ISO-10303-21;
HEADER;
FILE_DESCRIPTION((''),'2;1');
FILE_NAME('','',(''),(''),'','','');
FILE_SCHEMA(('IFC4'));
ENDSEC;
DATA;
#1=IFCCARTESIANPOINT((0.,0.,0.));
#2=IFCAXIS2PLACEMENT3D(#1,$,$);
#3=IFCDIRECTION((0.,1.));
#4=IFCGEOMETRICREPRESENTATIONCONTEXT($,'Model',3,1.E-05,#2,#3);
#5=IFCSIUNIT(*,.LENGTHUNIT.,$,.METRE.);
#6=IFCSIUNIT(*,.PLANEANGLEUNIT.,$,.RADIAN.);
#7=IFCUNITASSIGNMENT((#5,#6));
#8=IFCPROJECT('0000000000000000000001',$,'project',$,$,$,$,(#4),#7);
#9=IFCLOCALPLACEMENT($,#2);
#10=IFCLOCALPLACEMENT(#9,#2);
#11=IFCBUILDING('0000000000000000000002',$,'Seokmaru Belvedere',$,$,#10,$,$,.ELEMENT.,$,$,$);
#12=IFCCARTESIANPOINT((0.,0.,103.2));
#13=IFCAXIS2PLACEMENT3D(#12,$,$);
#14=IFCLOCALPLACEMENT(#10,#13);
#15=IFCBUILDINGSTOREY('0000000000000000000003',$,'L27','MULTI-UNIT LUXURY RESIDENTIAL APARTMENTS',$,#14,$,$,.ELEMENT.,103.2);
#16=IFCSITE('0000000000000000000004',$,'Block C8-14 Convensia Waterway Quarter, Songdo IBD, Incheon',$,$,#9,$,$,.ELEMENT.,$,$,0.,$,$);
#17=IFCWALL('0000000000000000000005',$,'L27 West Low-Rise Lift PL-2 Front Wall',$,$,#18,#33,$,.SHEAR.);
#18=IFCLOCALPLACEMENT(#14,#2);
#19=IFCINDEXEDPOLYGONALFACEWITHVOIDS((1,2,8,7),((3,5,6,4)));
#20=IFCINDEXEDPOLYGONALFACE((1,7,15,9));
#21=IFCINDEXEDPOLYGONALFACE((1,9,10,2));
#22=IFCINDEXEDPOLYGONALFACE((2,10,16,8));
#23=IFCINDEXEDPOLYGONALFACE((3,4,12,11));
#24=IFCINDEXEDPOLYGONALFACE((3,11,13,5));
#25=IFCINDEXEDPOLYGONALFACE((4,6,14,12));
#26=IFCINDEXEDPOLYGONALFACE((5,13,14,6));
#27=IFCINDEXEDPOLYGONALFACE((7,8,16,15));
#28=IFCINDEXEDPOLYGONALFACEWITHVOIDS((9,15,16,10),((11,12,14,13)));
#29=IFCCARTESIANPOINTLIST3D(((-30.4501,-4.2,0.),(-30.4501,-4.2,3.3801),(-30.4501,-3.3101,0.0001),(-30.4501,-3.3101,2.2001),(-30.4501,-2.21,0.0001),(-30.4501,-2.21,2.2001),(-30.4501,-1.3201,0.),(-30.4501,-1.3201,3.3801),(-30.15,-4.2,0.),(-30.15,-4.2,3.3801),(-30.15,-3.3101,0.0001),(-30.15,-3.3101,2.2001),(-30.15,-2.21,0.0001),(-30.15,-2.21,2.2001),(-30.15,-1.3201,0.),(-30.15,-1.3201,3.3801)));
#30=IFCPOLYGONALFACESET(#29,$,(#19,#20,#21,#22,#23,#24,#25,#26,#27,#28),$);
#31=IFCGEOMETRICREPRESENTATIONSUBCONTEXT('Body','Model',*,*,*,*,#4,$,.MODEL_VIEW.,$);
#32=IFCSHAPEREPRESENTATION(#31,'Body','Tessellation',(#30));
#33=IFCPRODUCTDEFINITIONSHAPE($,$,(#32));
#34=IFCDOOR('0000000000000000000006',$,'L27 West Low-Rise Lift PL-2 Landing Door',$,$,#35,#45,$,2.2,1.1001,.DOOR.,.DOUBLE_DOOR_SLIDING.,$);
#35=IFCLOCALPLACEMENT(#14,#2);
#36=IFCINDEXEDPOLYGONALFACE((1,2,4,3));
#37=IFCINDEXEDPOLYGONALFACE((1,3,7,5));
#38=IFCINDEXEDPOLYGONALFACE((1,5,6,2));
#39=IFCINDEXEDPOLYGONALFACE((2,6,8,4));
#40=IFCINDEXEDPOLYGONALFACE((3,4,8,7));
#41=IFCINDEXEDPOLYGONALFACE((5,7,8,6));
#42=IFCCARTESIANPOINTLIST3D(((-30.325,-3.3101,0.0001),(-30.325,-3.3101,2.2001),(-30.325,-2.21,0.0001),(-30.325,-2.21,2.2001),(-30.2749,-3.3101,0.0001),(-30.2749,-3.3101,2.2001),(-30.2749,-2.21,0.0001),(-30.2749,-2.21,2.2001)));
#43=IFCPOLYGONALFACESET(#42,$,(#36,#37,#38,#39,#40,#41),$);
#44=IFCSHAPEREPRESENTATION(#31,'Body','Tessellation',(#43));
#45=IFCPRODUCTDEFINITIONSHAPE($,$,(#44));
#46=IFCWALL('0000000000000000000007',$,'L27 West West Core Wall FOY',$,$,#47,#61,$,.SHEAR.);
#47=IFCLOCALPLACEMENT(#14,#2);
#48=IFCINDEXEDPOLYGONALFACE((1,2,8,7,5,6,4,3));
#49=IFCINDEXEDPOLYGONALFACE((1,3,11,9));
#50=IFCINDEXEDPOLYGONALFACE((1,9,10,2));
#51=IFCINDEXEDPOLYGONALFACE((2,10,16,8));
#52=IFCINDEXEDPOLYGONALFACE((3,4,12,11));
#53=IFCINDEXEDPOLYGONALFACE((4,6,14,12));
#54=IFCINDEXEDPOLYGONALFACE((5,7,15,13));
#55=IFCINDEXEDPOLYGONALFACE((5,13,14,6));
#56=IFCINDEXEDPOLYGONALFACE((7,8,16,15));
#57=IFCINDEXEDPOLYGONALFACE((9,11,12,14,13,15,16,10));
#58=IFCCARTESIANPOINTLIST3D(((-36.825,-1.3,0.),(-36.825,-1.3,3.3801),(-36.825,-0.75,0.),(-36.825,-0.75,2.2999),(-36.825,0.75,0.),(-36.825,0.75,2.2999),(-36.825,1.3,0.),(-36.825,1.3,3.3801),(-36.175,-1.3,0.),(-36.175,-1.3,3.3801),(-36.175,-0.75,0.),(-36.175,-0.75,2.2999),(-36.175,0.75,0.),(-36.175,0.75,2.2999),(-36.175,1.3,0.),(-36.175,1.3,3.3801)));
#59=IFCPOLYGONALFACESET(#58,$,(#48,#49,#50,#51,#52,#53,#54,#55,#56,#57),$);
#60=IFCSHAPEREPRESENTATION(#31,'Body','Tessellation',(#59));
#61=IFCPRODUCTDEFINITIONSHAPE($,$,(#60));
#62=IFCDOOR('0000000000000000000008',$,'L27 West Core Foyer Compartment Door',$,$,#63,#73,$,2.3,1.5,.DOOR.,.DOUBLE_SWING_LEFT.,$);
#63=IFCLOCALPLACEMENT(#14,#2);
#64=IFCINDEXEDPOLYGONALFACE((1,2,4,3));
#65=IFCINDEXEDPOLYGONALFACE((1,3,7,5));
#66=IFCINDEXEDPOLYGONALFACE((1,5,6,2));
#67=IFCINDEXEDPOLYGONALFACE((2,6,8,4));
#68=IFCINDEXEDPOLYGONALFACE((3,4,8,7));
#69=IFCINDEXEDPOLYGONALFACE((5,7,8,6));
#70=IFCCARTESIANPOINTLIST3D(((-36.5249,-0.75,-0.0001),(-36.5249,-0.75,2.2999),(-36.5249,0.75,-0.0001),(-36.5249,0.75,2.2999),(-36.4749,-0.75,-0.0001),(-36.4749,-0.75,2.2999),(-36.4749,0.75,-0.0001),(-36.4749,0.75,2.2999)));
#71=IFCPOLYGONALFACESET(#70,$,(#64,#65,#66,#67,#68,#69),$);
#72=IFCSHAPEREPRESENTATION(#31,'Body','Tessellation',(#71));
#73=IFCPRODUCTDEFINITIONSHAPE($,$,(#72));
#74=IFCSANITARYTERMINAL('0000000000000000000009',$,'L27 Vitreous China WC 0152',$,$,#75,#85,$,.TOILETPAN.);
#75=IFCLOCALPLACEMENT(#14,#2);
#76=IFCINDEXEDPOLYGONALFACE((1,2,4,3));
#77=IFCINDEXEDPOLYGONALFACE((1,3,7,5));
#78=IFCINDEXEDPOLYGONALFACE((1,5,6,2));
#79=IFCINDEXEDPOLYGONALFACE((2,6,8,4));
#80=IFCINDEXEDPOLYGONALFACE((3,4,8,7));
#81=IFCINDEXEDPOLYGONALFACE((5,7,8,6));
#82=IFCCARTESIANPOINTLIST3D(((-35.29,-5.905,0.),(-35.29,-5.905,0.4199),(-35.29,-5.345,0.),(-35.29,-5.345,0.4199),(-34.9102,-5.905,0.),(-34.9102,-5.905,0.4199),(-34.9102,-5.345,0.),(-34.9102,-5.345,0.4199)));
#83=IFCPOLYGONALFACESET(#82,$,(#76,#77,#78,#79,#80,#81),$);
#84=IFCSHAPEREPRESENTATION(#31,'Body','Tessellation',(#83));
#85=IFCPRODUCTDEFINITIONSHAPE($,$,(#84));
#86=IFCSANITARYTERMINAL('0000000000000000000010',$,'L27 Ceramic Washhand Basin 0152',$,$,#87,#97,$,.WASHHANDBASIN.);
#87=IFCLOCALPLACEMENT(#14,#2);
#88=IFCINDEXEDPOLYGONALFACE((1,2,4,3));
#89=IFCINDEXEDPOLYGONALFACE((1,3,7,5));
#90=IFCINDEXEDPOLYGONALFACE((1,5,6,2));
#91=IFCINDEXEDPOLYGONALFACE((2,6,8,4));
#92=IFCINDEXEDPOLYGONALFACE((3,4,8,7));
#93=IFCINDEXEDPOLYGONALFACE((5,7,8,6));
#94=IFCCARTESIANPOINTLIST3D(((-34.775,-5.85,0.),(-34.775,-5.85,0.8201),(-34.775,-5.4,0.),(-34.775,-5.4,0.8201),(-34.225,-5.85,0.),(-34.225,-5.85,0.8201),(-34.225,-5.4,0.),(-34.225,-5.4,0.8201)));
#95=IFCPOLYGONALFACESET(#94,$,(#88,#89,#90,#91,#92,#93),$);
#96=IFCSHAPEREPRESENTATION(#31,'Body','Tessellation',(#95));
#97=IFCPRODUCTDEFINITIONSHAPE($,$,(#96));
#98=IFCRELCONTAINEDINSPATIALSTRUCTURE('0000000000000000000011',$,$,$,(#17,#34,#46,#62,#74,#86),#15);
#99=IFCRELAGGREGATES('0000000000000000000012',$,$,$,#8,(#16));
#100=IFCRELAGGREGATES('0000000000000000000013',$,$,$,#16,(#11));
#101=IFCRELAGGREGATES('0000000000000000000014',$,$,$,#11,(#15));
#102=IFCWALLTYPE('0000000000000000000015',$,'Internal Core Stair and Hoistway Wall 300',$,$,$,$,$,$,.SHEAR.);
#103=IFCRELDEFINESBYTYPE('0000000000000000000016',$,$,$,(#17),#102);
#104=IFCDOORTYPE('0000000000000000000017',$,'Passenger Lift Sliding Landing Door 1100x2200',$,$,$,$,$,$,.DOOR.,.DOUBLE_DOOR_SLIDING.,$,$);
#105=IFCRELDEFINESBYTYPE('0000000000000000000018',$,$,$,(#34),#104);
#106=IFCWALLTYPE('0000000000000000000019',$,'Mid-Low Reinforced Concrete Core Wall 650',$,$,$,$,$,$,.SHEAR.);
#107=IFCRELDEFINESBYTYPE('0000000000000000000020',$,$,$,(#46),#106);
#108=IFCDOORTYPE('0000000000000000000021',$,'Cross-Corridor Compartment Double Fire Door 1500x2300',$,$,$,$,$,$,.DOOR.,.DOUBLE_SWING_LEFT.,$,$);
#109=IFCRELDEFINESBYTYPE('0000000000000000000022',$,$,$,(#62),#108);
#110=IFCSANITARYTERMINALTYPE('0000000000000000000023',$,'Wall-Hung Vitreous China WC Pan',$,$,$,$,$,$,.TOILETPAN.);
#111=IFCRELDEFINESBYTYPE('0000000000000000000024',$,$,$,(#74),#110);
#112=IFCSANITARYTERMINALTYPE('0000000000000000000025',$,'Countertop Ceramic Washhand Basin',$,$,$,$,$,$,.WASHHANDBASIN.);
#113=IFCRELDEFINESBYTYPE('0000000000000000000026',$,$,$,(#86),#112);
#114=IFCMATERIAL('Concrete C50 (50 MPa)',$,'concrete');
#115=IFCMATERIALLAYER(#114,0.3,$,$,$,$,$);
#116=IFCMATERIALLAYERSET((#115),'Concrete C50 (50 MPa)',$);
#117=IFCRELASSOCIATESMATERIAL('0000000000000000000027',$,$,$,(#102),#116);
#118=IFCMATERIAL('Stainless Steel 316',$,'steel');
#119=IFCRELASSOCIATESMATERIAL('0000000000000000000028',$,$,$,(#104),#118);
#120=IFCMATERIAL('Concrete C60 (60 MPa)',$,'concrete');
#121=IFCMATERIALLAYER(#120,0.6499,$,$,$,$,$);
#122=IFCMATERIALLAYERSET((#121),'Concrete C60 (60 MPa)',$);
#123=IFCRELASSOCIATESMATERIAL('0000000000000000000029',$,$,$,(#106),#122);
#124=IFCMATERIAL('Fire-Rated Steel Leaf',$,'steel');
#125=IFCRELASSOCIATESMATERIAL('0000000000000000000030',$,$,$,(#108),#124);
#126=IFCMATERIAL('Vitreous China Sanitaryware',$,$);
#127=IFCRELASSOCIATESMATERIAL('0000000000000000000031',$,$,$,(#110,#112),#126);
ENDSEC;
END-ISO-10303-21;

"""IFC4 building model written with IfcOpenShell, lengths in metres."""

from ifc_helpers import new_model, si_unit, direction, frame, frame_2d, origin, origin_2d, place, context, subcontext, project, spatial, rectangle, extrude, source, transform, mapped, material, layer, layer_set, type_object, type_shapes, element, fill, save


model = new_model("IFC4")

# Units and contexts
model_context = context("Model", 3, precision=1e-05, world=origin(), true_north=direction((0.0, 1.0)))
body_context = subcontext(model_context, "Body", "Model", "MODEL_VIEW")
ifc_project = project(units=[si_unit("LENGTHUNIT", "METRE"), si_unit("PLANEANGLEUNIT", "RADIAN")], contexts=[model_context])

# Site, building, storey
site_placement = place(None, origin())
site = spatial("IfcSite", under=ifc_project, at=site_placement, Name="Block C8-14 Convensia Waterway Quarter, Songdo IBD, Incheon", CompositionType="ELEMENT", RefElevation=0.0)
building_placement = place(site_placement, origin())
building = spatial("IfcBuilding", under=site, at=building_placement, Name="Seokmaru Belvedere", CompositionType="ELEMENT")
storey_placement = place(building_placement, frame((0.0, 0.0, 103.2)))
storey = spatial("IfcBuildingStorey", under=building, at=storey_placement, Name="L27", Description="MULTI-UNIT LUXURY RESIDENTIAL APARTMENTS", CompositionType="ELEMENT", Elevation=103.2)

# Shared definitions
ifc_material_1 = material(Name="Concrete C50 (50 MPa)", Category="concrete")

# Walls, openings, doors
ifc_layer_1 = layer(ifc_material_1, 0.3)
ifc_layer_set_1 = layer_set([ifc_layer_1], Name="Concrete C50 (50 MPa)")
wall_type_1 = type_object("IfcWallType", Name="Internal Core Stair and Hoistway Wall 300", PredefinedType="SHEAR", material=ifc_layer_set_1)
ifc_material_2 = material(Name="Stainless Steel 316", Category="steel")
door_type_1 = type_object("IfcDoorType", Name="Passenger Lift Sliding Landing Door 1100x2200", OperationType="DOUBLE_DOOR_SLIDING", PredefinedType="DOOR", material=ifc_material_2)
shared_shape_1 = source(origin(), body_context, "Body", "SweptSolid", [
    extrude(rectangle(XDim=1.1001, YDim=2.2, at=frame_2d((0.55, 1.1001))), frame((0.0, 0.0249, 0.0), z_axis=(0.0, -1.0, 0.0), x_axis=(1.0, 0.0, 0.0)), (0.0, 0.0, 1.0), 0.05),
])
type_shapes(door_type_1, [shared_shape_1])
wall_1_placement = place(storey_placement, frame((-30.3, -4.2, 0.0), z_axis=(0.0, 0.0, 1.0), x_axis=(0.0, 1.0, 0.0)))
wall_1 = element("IfcWall", 1, at=wall_1_placement, inside=storey, type_object=wall_type_1, Name="L27 West Low-Rise Lift PL-2 Front Wall", PredefinedType="SHEAR", context=body_context, shape_type="SweptSolid", body=[
    extrude(rectangle(XDim=2.8799, YDim=0.3, at=frame_2d((1.4399, 0.0))), origin(), (0.0, 0.0, 1.0), 3.3801),
])
opening_1_placement = place(wall_1_placement, frame((0.8899, 0.0, 0.0)))
opening_1 = element("IfcOpeningElement", 2, at=opening_1_placement, cuts=wall_1, PredefinedType="OPENING", context=body_context, shape_type="SweptSolid", body=[
    extrude(rectangle(XDim=1.1001, YDim=2.2, at=frame_2d((0.55, 1.1001))), frame((0.0, 0.1602, 0.0), z_axis=(0.0, -1.0, 0.0), x_axis=(1.0, 0.0, 0.0)), (0.0, 0.0, 1.0), 0.3201),
])
door_1_placement = place(opening_1_placement, origin())
door_1 = element("IfcDoor", 3, at=door_1_placement, inside=storey, type_object=door_type_1, Name="L27 West Low-Rise Lift PL-2 Landing Door", OperationType="DOUBLE_DOOR_SLIDING", OverallHeight=2.2, OverallWidth=1.1001, PredefinedType="DOOR", context=body_context, shape_type="MappedRepresentation", body=[
    mapped(shared_shape_1, transform((0.0, 0.0, 0.0), scale=1.0)),
])
fill(opening_1, door_1)
ifc_material_3 = material(Name="Concrete C60 (60 MPa)", Category="concrete")
ifc_layer_2 = layer(ifc_material_3, 0.6499)
ifc_layer_set_2 = layer_set([ifc_layer_2], Name="Concrete C60 (60 MPa)")
wall_type_2 = type_object("IfcWallType", Name="Mid-Low Reinforced Concrete Core Wall 650", PredefinedType="SHEAR", material=ifc_layer_set_2)
wall_2_placement = place(storey_placement, frame((-36.5, -1.3, 0.0), z_axis=(0.0, 0.0, 1.0), x_axis=(0.0, 1.0, 0.0)))
wall_2 = element("IfcWall", 4, at=wall_2_placement, inside=storey, type_object=wall_type_2, Name="L27 West West Core Wall FOY", PredefinedType="SHEAR", context=body_context, shape_type="SweptSolid", body=[
    extrude(rectangle(XDim=2.6001, YDim=0.6499, at=frame_2d((1.3, 0.0))), origin(), (0.0, 0.0, 1.0), 3.3801),
])
opening_2_placement = place(wall_2_placement, frame((0.55, 0.0, 0.0)))
opening_2 = element("IfcOpeningElement", 5, at=opening_2_placement, cuts=wall_2, PredefinedType="OPENING", context=body_context, shape_type="SweptSolid", body=[
    extrude(rectangle(XDim=1.5, YDim=2.3, at=frame_2d((0.75, 1.1499))), frame((0.0, 0.335, 0.0), z_axis=(0.0, -1.0, 0.0), x_axis=(1.0, 0.0, 0.0)), (0.0, 0.0, 1.0), 0.6699),
])
ifc_material_4 = material(Name="Fire-Rated Steel Leaf", Category="steel")
door_type_2 = type_object("IfcDoorType", Name="Cross-Corridor Compartment Double Fire Door 1500x2300", OperationType="DOUBLE_SWING_LEFT", PredefinedType="DOOR", material=ifc_material_4)
shared_shape_2 = source(origin(), body_context, "Body", "SweptSolid", [
    extrude(rectangle(XDim=1.5, YDim=2.3, at=frame_2d((0.75, 1.1499))), frame((0.0, 0.0249, 0.0), z_axis=(0.0, -1.0, 0.0), x_axis=(1.0, 0.0, 0.0)), (0.0, 0.0, 1.0), 0.05),
])
type_shapes(door_type_2, [shared_shape_2])
door_2_placement = place(opening_2_placement, origin())
door_2 = element("IfcDoor", 6, at=door_2_placement, inside=storey, type_object=door_type_2, Name="L27 West Core Foyer Compartment Door", OperationType="DOUBLE_SWING_LEFT", OverallHeight=2.3, OverallWidth=1.5, PredefinedType="DOOR", context=body_context, shape_type="MappedRepresentation", body=[
    mapped(shared_shape_2, transform((0.0, 0.0, 0.0), scale=1.0)),
])
fill(opening_2, door_2)

# Sanitary terminals
ifc_material_5 = material(Name="Vitreous China Sanitaryware")
sanitary_terminal_type_1 = type_object("IfcSanitaryTerminalType", Name="Wall-Hung Vitreous China WC Pan", PredefinedType="TOILETPAN", material=ifc_material_5)
shared_shape_3 = source(origin(), body_context, "Body", "SweptSolid", [
    extrude(rectangle(XDim=0.3799, YDim=0.5601, at=origin_2d()), origin(), (0.0, 0.0, 1.0), 0.4199),
])
type_shapes(sanitary_terminal_type_1, [shared_shape_3])
sanitary_terminal_1_placement = place(storey_placement, frame((-35.1001, -5.625, 0.0), z_axis=(0.0, 0.0, 1.0), x_axis=(1.0, 0.0, 0.0)))
element("IfcSanitaryTerminal", 7, at=sanitary_terminal_1_placement, inside=storey, type_object=sanitary_terminal_type_1, Name="L27 Vitreous China WC 0152", PredefinedType="TOILETPAN", context=body_context, shape_type="MappedRepresentation", body=[
    mapped(shared_shape_3, transform((0.0, 0.0, 0.0), scale=1.0)),
])
sanitary_terminal_type_2 = type_object("IfcSanitaryTerminalType", Name="Countertop Ceramic Washhand Basin", PredefinedType="WASHHANDBASIN", material=ifc_material_5)
shared_shape_4 = source(origin(), body_context, "Body", "SweptSolid", [
    extrude(rectangle(XDim=0.55, YDim=0.45, at=origin_2d()), origin(), (0.0, 0.0, 1.0), 0.8201),
])
type_shapes(sanitary_terminal_type_2, [shared_shape_4])
sanitary_terminal_2_placement = place(storey_placement, frame((-34.5, -5.625, 0.0), z_axis=(0.0, 0.0, 1.0), x_axis=(1.0, 0.0, 0.0)))
element("IfcSanitaryTerminal", 8, at=sanitary_terminal_2_placement, inside=storey, type_object=sanitary_terminal_type_2, Name="L27 Ceramic Washhand Basin 0152", PredefinedType="WASHHANDBASIN", context=body_context, shape_type="MappedRepresentation", body=[
    mapped(shared_shape_4, transform((0.0, 0.0, 0.0), scale=1.0)),
])

save(model, "model.ifc")
